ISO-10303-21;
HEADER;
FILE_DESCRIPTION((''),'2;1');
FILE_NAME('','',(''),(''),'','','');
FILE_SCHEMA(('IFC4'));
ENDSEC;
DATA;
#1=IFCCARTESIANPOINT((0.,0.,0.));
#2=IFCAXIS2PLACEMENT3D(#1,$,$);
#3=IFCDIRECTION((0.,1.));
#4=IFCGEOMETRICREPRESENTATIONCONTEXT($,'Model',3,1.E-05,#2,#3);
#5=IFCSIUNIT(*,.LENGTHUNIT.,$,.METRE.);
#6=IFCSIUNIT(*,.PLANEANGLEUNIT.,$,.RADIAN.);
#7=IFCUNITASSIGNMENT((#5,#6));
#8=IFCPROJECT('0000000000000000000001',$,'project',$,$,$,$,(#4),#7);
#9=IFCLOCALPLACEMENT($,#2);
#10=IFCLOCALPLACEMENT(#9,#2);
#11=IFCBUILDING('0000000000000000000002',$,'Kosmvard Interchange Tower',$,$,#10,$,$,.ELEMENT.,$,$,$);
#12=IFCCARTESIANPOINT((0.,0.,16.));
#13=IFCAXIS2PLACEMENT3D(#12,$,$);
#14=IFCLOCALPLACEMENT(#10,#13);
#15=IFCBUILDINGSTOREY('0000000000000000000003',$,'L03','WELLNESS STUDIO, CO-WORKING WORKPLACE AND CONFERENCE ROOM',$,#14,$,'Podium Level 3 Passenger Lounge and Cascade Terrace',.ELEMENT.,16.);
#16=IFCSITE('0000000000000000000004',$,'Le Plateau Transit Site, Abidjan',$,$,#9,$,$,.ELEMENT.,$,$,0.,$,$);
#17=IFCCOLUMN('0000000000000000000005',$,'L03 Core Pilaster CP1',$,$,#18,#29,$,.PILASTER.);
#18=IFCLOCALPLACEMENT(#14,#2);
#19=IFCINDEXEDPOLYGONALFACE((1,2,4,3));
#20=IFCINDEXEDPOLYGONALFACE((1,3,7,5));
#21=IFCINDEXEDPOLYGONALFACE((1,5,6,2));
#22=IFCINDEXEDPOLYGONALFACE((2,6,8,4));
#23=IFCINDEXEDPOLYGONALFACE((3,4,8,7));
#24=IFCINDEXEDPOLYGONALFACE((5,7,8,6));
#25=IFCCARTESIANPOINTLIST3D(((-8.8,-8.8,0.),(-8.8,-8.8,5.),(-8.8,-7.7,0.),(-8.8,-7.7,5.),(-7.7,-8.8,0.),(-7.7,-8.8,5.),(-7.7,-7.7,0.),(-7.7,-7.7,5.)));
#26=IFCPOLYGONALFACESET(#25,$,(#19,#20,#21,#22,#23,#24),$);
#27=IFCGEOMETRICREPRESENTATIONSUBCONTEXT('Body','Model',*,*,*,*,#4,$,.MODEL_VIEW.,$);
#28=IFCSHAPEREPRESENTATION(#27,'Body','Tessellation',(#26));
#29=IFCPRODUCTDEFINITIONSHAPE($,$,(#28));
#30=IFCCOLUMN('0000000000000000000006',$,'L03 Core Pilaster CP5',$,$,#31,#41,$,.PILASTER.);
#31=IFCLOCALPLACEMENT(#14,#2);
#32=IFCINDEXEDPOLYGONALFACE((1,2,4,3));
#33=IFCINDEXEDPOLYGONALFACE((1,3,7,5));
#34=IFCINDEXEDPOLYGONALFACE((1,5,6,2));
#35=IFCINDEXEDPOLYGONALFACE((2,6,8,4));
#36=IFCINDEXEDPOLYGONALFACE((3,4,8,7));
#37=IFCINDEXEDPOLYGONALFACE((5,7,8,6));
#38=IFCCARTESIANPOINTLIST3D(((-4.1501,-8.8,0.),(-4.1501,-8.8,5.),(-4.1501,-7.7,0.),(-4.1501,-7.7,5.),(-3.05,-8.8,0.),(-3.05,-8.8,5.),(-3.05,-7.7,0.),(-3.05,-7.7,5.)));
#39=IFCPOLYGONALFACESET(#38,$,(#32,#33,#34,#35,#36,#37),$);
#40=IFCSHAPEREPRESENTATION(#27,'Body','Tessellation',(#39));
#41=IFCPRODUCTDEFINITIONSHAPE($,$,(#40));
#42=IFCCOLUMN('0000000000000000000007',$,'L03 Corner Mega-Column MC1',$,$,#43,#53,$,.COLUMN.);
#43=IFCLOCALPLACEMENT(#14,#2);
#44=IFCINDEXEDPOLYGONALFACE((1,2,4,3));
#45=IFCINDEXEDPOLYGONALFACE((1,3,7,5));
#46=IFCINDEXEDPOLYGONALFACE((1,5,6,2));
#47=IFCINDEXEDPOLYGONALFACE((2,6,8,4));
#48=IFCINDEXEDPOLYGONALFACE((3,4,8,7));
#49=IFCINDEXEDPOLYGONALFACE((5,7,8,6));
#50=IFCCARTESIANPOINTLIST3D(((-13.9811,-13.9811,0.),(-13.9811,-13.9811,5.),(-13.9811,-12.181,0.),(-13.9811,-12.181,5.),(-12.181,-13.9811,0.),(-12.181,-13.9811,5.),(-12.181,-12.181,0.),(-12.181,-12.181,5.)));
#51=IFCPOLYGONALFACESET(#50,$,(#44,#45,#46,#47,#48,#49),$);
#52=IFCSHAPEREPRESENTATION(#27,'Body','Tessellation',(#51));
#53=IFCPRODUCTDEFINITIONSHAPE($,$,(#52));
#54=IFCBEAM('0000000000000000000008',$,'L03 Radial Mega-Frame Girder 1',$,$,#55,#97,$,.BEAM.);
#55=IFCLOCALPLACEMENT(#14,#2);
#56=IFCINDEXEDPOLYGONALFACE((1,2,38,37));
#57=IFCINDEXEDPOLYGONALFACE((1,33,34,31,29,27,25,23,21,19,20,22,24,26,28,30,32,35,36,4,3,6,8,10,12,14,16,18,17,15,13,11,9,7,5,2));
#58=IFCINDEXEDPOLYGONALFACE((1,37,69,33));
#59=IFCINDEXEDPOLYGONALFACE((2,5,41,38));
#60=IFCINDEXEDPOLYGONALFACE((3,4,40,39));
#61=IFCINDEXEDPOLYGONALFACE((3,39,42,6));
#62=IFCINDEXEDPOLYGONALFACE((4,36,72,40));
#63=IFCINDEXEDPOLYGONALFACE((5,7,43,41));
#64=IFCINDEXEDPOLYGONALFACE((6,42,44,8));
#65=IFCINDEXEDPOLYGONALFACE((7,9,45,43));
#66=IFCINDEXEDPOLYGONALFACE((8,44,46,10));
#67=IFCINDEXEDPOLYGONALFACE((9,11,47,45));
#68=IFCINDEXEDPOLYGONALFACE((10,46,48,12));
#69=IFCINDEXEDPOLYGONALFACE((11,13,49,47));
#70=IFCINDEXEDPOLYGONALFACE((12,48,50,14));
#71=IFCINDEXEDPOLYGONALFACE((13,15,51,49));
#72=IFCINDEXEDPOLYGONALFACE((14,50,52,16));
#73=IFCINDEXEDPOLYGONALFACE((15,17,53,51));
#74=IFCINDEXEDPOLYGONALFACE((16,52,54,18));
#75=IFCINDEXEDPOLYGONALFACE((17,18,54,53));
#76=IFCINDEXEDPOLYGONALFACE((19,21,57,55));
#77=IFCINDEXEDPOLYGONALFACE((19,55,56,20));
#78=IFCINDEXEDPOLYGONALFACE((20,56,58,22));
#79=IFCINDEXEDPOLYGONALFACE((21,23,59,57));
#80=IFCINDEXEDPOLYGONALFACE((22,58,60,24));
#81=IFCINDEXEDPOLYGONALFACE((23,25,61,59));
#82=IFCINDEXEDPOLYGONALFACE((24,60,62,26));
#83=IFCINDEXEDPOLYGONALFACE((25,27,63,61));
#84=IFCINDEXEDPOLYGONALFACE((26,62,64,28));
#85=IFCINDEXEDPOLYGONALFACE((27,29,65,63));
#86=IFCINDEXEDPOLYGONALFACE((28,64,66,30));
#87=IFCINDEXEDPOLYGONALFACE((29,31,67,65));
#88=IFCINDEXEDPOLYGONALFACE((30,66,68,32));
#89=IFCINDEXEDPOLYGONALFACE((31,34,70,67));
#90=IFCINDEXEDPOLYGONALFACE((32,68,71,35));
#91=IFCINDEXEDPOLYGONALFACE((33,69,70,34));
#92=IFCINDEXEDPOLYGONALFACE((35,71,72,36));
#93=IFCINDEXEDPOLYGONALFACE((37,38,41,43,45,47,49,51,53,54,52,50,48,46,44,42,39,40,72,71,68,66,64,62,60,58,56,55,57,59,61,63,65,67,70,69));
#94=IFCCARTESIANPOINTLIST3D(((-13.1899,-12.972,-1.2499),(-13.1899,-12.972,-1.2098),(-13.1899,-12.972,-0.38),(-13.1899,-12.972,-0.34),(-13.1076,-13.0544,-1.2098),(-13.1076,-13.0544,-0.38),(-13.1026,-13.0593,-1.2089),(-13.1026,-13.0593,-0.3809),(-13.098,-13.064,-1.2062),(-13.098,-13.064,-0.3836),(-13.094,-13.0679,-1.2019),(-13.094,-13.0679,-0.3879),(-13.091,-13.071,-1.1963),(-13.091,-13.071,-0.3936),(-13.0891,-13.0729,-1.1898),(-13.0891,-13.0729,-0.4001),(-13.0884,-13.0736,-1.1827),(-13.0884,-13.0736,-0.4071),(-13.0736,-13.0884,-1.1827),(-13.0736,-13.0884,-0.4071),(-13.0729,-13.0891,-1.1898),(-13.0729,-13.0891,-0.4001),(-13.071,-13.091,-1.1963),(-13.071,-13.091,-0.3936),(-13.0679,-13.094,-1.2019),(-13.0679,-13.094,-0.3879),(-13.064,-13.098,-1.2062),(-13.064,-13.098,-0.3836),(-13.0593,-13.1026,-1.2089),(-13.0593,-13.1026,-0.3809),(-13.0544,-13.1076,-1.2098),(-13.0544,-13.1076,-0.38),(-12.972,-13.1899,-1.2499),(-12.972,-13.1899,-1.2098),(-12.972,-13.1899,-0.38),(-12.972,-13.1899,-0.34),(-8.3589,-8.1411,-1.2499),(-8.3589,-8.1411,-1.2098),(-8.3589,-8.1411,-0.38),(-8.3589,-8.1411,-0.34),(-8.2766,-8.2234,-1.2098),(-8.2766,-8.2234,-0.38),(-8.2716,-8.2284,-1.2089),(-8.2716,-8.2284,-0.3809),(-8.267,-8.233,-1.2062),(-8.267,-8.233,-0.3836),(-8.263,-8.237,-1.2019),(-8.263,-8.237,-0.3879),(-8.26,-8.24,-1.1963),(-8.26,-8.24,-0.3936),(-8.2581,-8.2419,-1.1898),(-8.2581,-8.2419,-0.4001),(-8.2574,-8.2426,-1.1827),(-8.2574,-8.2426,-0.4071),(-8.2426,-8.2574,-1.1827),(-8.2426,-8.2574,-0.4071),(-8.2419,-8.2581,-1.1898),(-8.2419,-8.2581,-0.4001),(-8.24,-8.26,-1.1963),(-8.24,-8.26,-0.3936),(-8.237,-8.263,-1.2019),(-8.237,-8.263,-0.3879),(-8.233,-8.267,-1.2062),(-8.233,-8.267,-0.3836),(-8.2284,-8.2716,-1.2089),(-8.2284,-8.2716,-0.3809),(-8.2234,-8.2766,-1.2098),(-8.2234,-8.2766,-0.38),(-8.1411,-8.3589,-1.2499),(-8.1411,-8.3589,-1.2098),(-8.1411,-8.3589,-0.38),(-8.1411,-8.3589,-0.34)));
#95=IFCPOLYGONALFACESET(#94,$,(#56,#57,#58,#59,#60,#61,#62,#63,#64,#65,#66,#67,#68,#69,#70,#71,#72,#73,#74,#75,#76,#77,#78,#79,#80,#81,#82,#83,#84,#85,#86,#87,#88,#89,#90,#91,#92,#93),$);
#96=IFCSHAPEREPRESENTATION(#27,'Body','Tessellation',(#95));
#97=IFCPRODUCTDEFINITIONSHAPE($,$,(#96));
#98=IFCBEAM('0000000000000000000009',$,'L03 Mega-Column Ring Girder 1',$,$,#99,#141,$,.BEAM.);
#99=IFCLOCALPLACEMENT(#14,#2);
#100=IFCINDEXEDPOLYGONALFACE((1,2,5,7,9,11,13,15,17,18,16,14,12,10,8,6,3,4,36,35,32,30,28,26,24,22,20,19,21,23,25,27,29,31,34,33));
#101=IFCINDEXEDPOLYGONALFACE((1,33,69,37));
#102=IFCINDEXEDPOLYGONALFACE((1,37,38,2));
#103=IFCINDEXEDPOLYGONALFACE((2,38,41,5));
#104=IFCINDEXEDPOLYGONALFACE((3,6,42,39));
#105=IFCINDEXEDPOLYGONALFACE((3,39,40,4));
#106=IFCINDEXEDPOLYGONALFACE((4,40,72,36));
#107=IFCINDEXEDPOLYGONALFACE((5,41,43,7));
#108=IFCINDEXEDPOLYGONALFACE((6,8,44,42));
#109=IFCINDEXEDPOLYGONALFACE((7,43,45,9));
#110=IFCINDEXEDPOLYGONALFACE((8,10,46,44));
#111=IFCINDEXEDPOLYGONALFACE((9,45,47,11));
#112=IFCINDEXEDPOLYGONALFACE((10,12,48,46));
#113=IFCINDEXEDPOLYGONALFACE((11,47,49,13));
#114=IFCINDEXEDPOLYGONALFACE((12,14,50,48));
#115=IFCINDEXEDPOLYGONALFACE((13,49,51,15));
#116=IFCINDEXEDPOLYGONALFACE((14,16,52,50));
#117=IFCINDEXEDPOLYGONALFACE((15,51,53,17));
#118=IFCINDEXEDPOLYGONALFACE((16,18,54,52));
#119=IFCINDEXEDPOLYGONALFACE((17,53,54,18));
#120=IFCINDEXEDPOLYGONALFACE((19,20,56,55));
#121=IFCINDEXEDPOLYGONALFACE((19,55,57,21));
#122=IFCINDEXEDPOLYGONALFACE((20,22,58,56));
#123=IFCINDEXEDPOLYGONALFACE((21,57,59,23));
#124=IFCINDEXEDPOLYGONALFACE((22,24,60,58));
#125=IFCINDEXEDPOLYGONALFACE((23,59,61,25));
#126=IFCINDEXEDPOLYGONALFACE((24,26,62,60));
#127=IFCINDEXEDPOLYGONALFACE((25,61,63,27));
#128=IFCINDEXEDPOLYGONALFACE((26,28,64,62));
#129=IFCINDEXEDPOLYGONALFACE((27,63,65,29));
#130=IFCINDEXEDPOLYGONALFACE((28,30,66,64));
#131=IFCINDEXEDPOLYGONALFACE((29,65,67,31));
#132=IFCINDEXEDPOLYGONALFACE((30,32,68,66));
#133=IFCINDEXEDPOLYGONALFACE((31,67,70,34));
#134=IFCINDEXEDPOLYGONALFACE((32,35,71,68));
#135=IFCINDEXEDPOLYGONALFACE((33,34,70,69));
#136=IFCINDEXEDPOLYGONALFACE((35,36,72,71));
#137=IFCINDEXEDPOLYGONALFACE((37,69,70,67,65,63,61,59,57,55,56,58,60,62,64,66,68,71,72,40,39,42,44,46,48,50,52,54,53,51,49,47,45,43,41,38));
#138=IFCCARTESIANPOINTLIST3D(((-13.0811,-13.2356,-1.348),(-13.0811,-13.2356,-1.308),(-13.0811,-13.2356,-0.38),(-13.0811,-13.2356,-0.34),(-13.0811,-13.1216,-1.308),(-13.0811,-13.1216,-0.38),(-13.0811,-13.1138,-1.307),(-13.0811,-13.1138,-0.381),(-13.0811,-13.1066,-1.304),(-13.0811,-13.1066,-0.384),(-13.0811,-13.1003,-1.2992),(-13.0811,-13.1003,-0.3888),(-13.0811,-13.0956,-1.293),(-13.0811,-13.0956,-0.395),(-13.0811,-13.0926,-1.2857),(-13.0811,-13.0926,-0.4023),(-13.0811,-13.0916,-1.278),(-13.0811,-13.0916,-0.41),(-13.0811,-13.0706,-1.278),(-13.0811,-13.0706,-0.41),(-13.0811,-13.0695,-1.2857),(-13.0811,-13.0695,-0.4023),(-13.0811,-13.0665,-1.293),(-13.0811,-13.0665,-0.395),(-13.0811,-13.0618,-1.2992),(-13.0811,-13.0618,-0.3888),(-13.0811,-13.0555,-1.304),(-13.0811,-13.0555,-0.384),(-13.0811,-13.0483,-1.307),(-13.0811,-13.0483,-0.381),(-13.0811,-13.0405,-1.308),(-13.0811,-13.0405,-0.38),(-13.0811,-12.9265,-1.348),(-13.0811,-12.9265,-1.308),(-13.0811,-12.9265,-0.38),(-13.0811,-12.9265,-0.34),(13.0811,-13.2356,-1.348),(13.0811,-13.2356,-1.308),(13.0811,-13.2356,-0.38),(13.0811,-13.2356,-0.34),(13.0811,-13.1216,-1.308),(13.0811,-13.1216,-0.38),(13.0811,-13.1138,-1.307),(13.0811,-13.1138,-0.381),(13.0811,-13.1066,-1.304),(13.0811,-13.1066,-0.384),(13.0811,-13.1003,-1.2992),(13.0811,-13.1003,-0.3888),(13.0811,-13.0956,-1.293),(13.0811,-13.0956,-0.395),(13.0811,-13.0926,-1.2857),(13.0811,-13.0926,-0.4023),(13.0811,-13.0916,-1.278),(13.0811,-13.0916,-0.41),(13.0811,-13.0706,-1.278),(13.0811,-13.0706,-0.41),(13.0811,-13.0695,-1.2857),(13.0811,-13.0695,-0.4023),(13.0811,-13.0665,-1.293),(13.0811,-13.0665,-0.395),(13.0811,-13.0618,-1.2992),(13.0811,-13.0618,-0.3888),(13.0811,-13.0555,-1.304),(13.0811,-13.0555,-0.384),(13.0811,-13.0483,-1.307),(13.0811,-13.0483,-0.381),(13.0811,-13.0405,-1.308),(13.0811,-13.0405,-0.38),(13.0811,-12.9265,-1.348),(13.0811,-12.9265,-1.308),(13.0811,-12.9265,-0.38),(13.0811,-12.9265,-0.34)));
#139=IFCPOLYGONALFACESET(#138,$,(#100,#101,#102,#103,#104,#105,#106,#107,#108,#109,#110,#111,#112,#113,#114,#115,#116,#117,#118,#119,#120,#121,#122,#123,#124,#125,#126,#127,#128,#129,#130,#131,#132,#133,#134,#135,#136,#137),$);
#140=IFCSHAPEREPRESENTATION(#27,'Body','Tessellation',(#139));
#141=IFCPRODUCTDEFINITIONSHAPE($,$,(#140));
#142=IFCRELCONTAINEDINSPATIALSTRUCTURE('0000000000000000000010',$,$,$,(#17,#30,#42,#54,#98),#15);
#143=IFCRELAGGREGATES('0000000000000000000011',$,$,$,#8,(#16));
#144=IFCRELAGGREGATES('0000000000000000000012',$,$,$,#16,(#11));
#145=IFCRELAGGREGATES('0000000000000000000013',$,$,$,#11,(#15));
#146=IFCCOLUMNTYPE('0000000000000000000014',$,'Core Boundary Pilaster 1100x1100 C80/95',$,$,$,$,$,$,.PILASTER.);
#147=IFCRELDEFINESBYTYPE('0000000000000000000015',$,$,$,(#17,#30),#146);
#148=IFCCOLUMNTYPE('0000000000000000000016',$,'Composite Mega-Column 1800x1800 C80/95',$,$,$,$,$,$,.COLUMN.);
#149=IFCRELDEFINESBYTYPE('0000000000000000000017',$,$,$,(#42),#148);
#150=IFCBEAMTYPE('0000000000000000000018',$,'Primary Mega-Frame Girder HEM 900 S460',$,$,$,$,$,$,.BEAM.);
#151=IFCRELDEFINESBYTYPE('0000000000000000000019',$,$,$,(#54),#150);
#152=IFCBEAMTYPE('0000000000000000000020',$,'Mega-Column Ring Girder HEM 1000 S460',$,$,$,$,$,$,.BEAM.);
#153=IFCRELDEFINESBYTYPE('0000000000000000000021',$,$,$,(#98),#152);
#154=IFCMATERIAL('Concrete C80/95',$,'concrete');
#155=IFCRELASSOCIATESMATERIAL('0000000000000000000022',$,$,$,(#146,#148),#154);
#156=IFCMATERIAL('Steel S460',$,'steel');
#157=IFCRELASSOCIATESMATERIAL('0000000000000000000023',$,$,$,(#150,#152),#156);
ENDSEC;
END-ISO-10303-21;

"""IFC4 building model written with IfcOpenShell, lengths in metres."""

from ifc_helpers import new_model, si_unit, direction, frame, origin, origin_2d, place, context, subcontext, project, spatial, rectangle, i_section, extrude, source, transform, mapped, material, material_profile, profile_set, type_object, element, save


model = new_model("IFC4")

# Units and contexts
model_context = context("Model", 3, precision=1e-05, world=origin(), true_north=direction((0.0, 1.0)))
body_context = subcontext(model_context, "Body", "Model", "MODEL_VIEW")
ifc_project = project(units=[si_unit("LENGTHUNIT", "METRE"), si_unit("PLANEANGLEUNIT", "RADIAN")], contexts=[model_context])

# Site, building, storey
site_placement = place(None, origin())
site = spatial("IfcSite", under=ifc_project, at=site_placement, Name="Le Plateau Transit Site, Abidjan", CompositionType="ELEMENT", RefElevation=0.0)
building_placement = place(site_placement, origin())
building = spatial("IfcBuilding", under=site, at=building_placement, Name="Kosmvard Interchange Tower", CompositionType="ELEMENT")
storey_placement = place(building_placement, frame((0.0, 0.0, 16.0)))
storey = spatial("IfcBuildingStorey", under=building, at=storey_placement, Name="L03", Description="WELLNESS STUDIO, CO-WORKING WORKPLACE AND CONFERENCE ROOM", LongName="Podium Level 3 Passenger Lounge and Cascade Terrace", CompositionType="ELEMENT", Elevation=16.0)

# Columns
ifc_material_1 = material(Name="Concrete C80/95", Category="concrete")
ifc_material_profile_1 = material_profile(ifc_material_1, rectangle(XDim=1.1001, YDim=1.1001, at=origin_2d()), Name="CP 1100x1100")
ifc_profile_set_1 = profile_set([ifc_material_profile_1], Name="Concrete C80/95")
column_type_1 = type_object("IfcColumnType", Name="Core Boundary Pilaster 1100x1100 C80/95", PredefinedType="PILASTER", material=ifc_profile_set_1)
shared_shape_1 = source(origin(), body_context, "Body", "SweptSolid", [
    extrude(rectangle(XDim=1.1001, YDim=1.1001, at=origin_2d()), origin(), (0.0, 0.0, 1.0), 5.0),
])
for number, where, z_axis, x_axis, name in (
    (1, (-8.25, -8.25, 0.0), (0.0, 0.0, 1.0), (1.0, 0.0, 0.0), "L03 Core Pilaster CP1"),
    (2, (-3.6001, -8.25, 0.0), (0.0, 0.0, 1.0), (1.0, 0.0, 0.0), "L03 Core Pilaster CP5"),
):
    element("IfcColumn", number, at=place(storey_placement, frame(where, z_axis=z_axis, x_axis=x_axis)), inside=storey, type_object=column_type_1, Name=name, PredefinedType="PILASTER", context=body_context, shape_type="MappedRepresentation", body=[
        mapped(shared_shape_1, transform((0.0, 0.0, 0.0), scale=1.0)),
    ])
ifc_material_profile_2 = material_profile(ifc_material_1, rectangle(XDim=1.8, YDim=1.8, at=origin_2d()), Name="MC 1800x1800")
ifc_profile_set_2 = profile_set([ifc_material_profile_2], Name="Concrete C80/95")
column_type_2 = type_object("IfcColumnType", Name="Composite Mega-Column 1800x1800 C80/95", PredefinedType="COLUMN", material=ifc_profile_set_2)
shared_shape_2 = source(origin(), body_context, "Body", "SweptSolid", [
    extrude(rectangle(XDim=1.8, YDim=1.8, at=origin_2d()), origin(), (0.0, 0.0, 1.0), 5.0),
])
column_placement = place(storey_placement, frame((-13.0811, -13.0811, 0.0), z_axis=(0.0, 0.0, 1.0), x_axis=(1.0, 0.0, 0.0)))
element("IfcColumn", 3, at=column_placement, inside=storey, type_object=column_type_2, Name="L03 Corner Mega-Column MC1", PredefinedType="COLUMN", context=body_context, shape_type="MappedRepresentation", body=[
    mapped(shared_shape_2, transform((0.0, 0.0, 0.0), scale=1.0)),
])

# Beams
ifc_material_2 = material(Name="Steel S460", Category="steel")
ifc_material_profile_3 = material_profile(ifc_material_2, i_section(OverallWidth=0.3081, OverallDepth=0.9099, WebThickness=0.021, FlangeThickness=0.04, FilletRadius=0.0271, at=origin_2d()), Name="HEM 900")
ifc_profile_set_3 = profile_set([ifc_material_profile_3], Name="Steel S460")
beam_type_1 = type_object("IfcBeamType", Name="Primary Mega-Frame Girder HEM 900 S460", PredefinedType="BEAM", material=ifc_profile_set_3)
shared_shape_3 = source(origin(), body_context, "Body", "SweptSolid", [
    extrude(i_section(OverallWidth=0.3081, OverallDepth=0.9099, WebThickness=0.021, FlangeThickness=0.04, FilletRadius=0.0271, at=origin_2d()), origin(), (0.0, 0.0, 1.0), 6.832),
])
beam_1_placement = place(storey_placement, frame((-8.25, -8.25, -0.7949), z_axis=(-0.707107, -0.707107, 0.0), x_axis=(0.707107, -0.707107, 0.0)))
element("IfcBeam", 4, at=beam_1_placement, inside=storey, type_object=beam_type_1, Name="L03 Radial Mega-Frame Girder 1", PredefinedType="BEAM", context=body_context, shape_type="MappedRepresentation", body=[
    mapped(shared_shape_3, transform((0.0, 0.0, 0.0), scale=1.0)),
])
ifc_material_profile_4 = material_profile(ifc_material_2, i_section(OverallWidth=0.3091, OverallDepth=1.0081, WebThickness=0.021, FlangeThickness=0.04, FilletRadius=0.03, at=origin_2d()), Name="HEM 1000")
ifc_profile_set_4 = profile_set([ifc_material_profile_4], Name="Steel S460")
beam_type_2 = type_object("IfcBeamType", Name="Mega-Column Ring Girder HEM 1000 S460", PredefinedType="BEAM", material=ifc_profile_set_4)
shared_shape_4 = source(origin(), body_context, "Body", "SweptSolid", [
    extrude(i_section(OverallWidth=0.3091, OverallDepth=1.0081, WebThickness=0.021, FlangeThickness=0.04, FilletRadius=0.03, at=origin_2d()), origin(), (0.0, 0.0, 1.0), 26.1621),
])
beam_2_placement = place(storey_placement, frame((-13.0811, -13.0811, -0.844), z_axis=(1.0, 0.0, 0.0), x_axis=(0.0, 1.0, 0.0)))
element("IfcBeam", 5, at=beam_2_placement, inside=storey, type_object=beam_type_2, Name="L03 Mega-Column Ring Girder 1", PredefinedType="BEAM", context=body_context, shape_type="MappedRepresentation", body=[
    mapped(shared_shape_4, transform((0.0, 0.0, 0.0), scale=1.0)),
])

save(model, "model.ifc")
